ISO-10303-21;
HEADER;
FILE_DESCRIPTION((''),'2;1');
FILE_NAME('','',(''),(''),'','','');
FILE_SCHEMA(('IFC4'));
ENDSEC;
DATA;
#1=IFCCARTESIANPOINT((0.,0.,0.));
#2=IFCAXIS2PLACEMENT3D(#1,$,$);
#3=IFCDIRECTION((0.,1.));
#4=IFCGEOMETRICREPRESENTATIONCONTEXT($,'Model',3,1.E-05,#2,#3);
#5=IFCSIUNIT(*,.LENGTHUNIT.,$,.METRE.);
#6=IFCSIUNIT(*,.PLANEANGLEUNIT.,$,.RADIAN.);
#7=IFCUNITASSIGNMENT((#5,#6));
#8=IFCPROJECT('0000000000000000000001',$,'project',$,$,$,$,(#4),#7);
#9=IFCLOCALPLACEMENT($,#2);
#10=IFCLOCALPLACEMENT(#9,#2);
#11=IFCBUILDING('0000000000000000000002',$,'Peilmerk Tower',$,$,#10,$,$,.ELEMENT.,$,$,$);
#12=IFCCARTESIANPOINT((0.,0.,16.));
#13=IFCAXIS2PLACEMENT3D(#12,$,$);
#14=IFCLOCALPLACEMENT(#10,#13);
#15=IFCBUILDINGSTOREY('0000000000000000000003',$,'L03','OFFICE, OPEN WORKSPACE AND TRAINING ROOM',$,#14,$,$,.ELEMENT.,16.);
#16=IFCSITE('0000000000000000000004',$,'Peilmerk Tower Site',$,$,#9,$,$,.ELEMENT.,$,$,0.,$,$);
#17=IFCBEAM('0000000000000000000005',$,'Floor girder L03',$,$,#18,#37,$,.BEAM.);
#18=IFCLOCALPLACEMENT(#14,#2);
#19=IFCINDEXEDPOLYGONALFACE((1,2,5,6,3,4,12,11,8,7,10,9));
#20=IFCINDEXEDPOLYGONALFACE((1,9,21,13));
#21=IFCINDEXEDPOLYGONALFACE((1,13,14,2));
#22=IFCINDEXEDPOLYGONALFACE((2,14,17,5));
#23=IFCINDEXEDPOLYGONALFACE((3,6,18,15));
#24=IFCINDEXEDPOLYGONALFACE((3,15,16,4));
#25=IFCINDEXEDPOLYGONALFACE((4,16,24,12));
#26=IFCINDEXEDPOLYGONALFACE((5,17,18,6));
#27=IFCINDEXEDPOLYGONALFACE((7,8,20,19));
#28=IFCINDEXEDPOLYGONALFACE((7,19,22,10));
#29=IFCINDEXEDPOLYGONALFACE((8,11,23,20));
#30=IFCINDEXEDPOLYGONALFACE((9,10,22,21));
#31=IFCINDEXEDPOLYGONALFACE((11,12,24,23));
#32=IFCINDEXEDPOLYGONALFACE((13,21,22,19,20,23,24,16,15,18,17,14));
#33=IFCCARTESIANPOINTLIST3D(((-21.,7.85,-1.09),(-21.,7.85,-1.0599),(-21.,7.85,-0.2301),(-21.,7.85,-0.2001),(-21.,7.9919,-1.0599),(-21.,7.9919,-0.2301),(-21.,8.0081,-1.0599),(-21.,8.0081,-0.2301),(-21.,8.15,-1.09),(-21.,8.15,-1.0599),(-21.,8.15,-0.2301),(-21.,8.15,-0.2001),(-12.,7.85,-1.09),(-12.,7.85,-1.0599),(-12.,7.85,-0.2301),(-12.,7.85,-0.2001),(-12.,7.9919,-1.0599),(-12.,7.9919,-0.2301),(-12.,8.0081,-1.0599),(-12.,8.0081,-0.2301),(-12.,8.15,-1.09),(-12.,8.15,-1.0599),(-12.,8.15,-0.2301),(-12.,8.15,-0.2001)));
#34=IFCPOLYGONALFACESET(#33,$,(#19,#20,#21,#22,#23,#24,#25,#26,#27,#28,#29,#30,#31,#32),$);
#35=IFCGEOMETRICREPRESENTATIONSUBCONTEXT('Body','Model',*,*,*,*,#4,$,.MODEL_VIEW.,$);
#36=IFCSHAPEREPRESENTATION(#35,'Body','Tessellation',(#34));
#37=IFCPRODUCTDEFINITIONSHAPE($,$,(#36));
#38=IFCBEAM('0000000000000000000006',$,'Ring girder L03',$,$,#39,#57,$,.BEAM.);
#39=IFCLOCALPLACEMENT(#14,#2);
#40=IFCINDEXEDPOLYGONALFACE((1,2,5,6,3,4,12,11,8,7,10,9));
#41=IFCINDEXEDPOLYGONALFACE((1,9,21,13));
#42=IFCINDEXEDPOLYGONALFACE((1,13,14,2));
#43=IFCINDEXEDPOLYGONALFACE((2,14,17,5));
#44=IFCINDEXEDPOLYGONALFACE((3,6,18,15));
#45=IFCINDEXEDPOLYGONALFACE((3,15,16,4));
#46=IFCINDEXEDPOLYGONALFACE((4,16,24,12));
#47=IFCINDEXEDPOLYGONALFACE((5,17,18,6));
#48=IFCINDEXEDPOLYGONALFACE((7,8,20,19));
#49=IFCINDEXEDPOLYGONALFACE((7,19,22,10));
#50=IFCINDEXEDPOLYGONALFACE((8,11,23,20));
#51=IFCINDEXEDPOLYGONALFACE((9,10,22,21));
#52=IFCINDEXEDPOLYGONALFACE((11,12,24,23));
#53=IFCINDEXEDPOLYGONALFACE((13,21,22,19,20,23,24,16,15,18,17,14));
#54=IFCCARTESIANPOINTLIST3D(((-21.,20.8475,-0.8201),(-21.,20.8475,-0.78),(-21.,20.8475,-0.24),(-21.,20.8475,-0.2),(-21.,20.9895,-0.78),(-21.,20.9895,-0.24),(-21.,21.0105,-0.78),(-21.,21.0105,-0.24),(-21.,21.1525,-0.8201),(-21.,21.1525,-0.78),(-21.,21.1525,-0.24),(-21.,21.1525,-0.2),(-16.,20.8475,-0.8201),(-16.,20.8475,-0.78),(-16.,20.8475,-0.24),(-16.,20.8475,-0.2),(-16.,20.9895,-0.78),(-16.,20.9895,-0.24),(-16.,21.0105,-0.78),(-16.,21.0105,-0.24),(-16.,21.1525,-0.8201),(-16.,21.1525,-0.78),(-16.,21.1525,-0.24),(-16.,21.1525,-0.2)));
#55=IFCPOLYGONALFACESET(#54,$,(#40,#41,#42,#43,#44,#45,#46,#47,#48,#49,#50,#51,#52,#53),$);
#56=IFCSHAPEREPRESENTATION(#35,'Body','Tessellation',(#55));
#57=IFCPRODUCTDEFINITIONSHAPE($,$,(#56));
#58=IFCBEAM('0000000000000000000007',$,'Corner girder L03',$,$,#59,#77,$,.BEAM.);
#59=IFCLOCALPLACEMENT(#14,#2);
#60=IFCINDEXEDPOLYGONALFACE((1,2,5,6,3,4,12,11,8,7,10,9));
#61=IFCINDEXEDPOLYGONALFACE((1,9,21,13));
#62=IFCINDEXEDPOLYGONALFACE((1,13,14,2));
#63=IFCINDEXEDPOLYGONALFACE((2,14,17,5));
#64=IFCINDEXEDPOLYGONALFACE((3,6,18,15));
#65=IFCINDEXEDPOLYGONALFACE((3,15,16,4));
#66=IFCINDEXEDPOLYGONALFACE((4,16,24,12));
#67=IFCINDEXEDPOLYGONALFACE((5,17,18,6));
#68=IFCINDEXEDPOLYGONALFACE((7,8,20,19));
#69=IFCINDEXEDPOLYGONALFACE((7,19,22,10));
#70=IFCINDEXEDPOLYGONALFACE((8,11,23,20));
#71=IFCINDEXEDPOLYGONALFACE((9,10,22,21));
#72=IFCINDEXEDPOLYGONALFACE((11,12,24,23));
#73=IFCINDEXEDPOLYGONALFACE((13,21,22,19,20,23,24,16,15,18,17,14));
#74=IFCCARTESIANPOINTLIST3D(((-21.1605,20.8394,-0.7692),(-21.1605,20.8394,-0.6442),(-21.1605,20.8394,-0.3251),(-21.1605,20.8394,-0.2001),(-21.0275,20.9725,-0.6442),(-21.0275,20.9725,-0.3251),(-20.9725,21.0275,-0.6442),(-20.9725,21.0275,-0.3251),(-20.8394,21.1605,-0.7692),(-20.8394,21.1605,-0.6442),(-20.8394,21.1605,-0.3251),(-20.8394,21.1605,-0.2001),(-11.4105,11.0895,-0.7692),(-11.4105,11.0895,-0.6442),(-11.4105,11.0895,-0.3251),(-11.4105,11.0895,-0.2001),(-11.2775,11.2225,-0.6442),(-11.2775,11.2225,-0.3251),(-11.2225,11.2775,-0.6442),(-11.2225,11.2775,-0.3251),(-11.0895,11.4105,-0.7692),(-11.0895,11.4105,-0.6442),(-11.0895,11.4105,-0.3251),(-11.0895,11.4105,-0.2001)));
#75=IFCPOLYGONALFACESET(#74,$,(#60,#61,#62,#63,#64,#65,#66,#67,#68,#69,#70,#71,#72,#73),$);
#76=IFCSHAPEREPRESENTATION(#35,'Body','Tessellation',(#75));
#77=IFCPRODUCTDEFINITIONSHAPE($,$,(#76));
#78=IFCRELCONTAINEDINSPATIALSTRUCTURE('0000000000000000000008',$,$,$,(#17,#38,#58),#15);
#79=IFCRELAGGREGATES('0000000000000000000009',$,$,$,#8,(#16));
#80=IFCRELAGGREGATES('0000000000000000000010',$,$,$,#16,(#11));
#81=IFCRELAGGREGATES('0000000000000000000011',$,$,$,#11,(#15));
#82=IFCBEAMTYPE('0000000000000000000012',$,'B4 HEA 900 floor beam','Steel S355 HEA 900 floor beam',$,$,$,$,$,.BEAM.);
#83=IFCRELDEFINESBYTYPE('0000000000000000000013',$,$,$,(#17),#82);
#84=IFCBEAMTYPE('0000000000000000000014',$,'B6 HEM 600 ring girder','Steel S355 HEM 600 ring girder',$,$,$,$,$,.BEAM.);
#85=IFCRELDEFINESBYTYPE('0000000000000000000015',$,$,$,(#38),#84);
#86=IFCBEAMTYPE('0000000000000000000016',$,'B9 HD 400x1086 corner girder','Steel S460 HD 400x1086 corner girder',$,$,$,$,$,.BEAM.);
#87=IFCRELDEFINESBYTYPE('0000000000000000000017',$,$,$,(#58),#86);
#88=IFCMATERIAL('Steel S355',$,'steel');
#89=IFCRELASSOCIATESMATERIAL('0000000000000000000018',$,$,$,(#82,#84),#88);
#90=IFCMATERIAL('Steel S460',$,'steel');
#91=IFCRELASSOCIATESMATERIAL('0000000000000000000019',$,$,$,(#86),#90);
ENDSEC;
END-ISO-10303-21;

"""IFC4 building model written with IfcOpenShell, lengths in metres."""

from ifc_helpers import new_model, si_unit, direction, frame, origin, origin_2d, place, context, subcontext, project, spatial, i_section, extrude, material, material_profile, profile_set, type_object, element, save


model = new_model("IFC4")

# Units and contexts
model_context = context("Model", 3, precision=1e-05, world=origin(), true_north=direction((0.0, 1.0)))
body_context = subcontext(model_context, "Body", "Model", "MODEL_VIEW")
ifc_project = project(units=[si_unit("LENGTHUNIT", "METRE"), si_unit("PLANEANGLEUNIT", "RADIAN")], contexts=[model_context])

# Site, building, storey
site_placement = place(None, origin())
site = spatial("IfcSite", under=ifc_project, at=site_placement, Name="Peilmerk Tower Site", CompositionType="ELEMENT", RefElevation=0.0)
building_placement = place(site_placement, origin())
building = spatial("IfcBuilding", under=site, at=building_placement, Name="Peilmerk Tower", CompositionType="ELEMENT")
storey_placement = place(building_placement, frame((0.0, 0.0, 16.0)))
storey = spatial("IfcBuildingStorey", under=building, at=storey_placement, Name="L03", Description="OFFICE, OPEN WORKSPACE AND TRAINING ROOM", CompositionType="ELEMENT", Elevation=16.0)

# Beams
ifc_material_1 = material(Name="Steel S355", Category="steel")
ifc_material_profile_1 = material_profile(ifc_material_1, i_section(OverallWidth=0.3, OverallDepth=0.8899, WebThickness=0.0161, FlangeThickness=0.03, at=origin_2d()), Name="HEA 900")
ifc_profile_set_1 = profile_set([ifc_material_profile_1], Name="Steel S355")
beam_type_1 = type_object("IfcBeamType", Name="B4 HEA 900 floor beam", Description="Steel S355 HEA 900 floor beam", PredefinedType="BEAM", material=ifc_profile_set_1)
for number, where, z_axis, x_axis, name in (
    (1, (-12.0, 8.0, -0.645), (-1.0, 0.0, 0.0), (0.0, -1.0, 0.0), "Floor girder L03"),
):
    element("IfcBeam", number, at=place(storey_placement, frame(where, z_axis=z_axis, x_axis=x_axis)), inside=storey, type_object=beam_type_1, Name=name, PredefinedType="BEAM", context=body_context, shape_type="SweptSolid", body=[
        extrude(i_section(OverallWidth=0.3, OverallDepth=0.8899, WebThickness=0.0161, FlangeThickness=0.03, at=origin_2d()), origin(), (0.0, 0.0, 1.0), 9.0),
    ])
ifc_material_profile_2 = material_profile(ifc_material_1, i_section(OverallWidth=0.3049, OverallDepth=0.6201, WebThickness=0.021, FlangeThickness=0.04, at=origin_2d()), Name="HEM 600")
ifc_profile_set_2 = profile_set([ifc_material_profile_2], Name="Steel S355")
beam_type_2 = type_object("IfcBeamType", Name="B6 HEM 600 ring girder", Description="Steel S355 HEM 600 ring girder", PredefinedType="BEAM", material=ifc_profile_set_2)
beam_1_placement = place(storey_placement, frame((-16.0, 21.0, -0.51), z_axis=(-1.0, 0.0, 0.0), x_axis=(0.0, -1.0, 0.0)))
element("IfcBeam", 2, at=beam_1_placement, inside=storey, type_object=beam_type_2, Name="Ring girder L03", PredefinedType="BEAM", context=body_context, shape_type="SweptSolid", body=[
    extrude(i_section(OverallWidth=0.3049, OverallDepth=0.6201, WebThickness=0.021, FlangeThickness=0.04, at=origin_2d()), origin(), (0.0, 0.0, 1.0), 5.0),
])
ifc_material_2 = material(Name="Steel S460", Category="steel")
ifc_material_profile_3 = material_profile(ifc_material_2, i_section(OverallWidth=0.4541, OverallDepth=0.5691, WebThickness=0.0779, FlangeThickness=0.125, at=origin_2d()), Name="HD 400x1086")
ifc_profile_set_3 = profile_set([ifc_material_profile_3], Name="Steel S460")
beam_type_3 = type_object("IfcBeamType", Name="B9 HD 400x1086 corner girder", Description="Steel S460 HD 400x1086 corner girder", PredefinedType="BEAM", material=ifc_profile_set_3)
beam_2_placement = place(storey_placement, frame((-11.25, 11.25, -0.4846), z_axis=(-0.707107, 0.707107, 0.0), x_axis=(-0.707107, -0.707107, 0.0)))
element("IfcBeam", 3, at=beam_2_placement, inside=storey, type_object=beam_type_3, Name="Corner girder L03", PredefinedType="BEAM", context=body_context, shape_type="SweptSolid", body=[
    extrude(i_section(OverallWidth=0.4541, OverallDepth=0.5691, WebThickness=0.0779, FlangeThickness=0.125, at=origin_2d()), origin(), (0.0, 0.0, 1.0), 13.7886),
])

save(model, "model.ifc")
